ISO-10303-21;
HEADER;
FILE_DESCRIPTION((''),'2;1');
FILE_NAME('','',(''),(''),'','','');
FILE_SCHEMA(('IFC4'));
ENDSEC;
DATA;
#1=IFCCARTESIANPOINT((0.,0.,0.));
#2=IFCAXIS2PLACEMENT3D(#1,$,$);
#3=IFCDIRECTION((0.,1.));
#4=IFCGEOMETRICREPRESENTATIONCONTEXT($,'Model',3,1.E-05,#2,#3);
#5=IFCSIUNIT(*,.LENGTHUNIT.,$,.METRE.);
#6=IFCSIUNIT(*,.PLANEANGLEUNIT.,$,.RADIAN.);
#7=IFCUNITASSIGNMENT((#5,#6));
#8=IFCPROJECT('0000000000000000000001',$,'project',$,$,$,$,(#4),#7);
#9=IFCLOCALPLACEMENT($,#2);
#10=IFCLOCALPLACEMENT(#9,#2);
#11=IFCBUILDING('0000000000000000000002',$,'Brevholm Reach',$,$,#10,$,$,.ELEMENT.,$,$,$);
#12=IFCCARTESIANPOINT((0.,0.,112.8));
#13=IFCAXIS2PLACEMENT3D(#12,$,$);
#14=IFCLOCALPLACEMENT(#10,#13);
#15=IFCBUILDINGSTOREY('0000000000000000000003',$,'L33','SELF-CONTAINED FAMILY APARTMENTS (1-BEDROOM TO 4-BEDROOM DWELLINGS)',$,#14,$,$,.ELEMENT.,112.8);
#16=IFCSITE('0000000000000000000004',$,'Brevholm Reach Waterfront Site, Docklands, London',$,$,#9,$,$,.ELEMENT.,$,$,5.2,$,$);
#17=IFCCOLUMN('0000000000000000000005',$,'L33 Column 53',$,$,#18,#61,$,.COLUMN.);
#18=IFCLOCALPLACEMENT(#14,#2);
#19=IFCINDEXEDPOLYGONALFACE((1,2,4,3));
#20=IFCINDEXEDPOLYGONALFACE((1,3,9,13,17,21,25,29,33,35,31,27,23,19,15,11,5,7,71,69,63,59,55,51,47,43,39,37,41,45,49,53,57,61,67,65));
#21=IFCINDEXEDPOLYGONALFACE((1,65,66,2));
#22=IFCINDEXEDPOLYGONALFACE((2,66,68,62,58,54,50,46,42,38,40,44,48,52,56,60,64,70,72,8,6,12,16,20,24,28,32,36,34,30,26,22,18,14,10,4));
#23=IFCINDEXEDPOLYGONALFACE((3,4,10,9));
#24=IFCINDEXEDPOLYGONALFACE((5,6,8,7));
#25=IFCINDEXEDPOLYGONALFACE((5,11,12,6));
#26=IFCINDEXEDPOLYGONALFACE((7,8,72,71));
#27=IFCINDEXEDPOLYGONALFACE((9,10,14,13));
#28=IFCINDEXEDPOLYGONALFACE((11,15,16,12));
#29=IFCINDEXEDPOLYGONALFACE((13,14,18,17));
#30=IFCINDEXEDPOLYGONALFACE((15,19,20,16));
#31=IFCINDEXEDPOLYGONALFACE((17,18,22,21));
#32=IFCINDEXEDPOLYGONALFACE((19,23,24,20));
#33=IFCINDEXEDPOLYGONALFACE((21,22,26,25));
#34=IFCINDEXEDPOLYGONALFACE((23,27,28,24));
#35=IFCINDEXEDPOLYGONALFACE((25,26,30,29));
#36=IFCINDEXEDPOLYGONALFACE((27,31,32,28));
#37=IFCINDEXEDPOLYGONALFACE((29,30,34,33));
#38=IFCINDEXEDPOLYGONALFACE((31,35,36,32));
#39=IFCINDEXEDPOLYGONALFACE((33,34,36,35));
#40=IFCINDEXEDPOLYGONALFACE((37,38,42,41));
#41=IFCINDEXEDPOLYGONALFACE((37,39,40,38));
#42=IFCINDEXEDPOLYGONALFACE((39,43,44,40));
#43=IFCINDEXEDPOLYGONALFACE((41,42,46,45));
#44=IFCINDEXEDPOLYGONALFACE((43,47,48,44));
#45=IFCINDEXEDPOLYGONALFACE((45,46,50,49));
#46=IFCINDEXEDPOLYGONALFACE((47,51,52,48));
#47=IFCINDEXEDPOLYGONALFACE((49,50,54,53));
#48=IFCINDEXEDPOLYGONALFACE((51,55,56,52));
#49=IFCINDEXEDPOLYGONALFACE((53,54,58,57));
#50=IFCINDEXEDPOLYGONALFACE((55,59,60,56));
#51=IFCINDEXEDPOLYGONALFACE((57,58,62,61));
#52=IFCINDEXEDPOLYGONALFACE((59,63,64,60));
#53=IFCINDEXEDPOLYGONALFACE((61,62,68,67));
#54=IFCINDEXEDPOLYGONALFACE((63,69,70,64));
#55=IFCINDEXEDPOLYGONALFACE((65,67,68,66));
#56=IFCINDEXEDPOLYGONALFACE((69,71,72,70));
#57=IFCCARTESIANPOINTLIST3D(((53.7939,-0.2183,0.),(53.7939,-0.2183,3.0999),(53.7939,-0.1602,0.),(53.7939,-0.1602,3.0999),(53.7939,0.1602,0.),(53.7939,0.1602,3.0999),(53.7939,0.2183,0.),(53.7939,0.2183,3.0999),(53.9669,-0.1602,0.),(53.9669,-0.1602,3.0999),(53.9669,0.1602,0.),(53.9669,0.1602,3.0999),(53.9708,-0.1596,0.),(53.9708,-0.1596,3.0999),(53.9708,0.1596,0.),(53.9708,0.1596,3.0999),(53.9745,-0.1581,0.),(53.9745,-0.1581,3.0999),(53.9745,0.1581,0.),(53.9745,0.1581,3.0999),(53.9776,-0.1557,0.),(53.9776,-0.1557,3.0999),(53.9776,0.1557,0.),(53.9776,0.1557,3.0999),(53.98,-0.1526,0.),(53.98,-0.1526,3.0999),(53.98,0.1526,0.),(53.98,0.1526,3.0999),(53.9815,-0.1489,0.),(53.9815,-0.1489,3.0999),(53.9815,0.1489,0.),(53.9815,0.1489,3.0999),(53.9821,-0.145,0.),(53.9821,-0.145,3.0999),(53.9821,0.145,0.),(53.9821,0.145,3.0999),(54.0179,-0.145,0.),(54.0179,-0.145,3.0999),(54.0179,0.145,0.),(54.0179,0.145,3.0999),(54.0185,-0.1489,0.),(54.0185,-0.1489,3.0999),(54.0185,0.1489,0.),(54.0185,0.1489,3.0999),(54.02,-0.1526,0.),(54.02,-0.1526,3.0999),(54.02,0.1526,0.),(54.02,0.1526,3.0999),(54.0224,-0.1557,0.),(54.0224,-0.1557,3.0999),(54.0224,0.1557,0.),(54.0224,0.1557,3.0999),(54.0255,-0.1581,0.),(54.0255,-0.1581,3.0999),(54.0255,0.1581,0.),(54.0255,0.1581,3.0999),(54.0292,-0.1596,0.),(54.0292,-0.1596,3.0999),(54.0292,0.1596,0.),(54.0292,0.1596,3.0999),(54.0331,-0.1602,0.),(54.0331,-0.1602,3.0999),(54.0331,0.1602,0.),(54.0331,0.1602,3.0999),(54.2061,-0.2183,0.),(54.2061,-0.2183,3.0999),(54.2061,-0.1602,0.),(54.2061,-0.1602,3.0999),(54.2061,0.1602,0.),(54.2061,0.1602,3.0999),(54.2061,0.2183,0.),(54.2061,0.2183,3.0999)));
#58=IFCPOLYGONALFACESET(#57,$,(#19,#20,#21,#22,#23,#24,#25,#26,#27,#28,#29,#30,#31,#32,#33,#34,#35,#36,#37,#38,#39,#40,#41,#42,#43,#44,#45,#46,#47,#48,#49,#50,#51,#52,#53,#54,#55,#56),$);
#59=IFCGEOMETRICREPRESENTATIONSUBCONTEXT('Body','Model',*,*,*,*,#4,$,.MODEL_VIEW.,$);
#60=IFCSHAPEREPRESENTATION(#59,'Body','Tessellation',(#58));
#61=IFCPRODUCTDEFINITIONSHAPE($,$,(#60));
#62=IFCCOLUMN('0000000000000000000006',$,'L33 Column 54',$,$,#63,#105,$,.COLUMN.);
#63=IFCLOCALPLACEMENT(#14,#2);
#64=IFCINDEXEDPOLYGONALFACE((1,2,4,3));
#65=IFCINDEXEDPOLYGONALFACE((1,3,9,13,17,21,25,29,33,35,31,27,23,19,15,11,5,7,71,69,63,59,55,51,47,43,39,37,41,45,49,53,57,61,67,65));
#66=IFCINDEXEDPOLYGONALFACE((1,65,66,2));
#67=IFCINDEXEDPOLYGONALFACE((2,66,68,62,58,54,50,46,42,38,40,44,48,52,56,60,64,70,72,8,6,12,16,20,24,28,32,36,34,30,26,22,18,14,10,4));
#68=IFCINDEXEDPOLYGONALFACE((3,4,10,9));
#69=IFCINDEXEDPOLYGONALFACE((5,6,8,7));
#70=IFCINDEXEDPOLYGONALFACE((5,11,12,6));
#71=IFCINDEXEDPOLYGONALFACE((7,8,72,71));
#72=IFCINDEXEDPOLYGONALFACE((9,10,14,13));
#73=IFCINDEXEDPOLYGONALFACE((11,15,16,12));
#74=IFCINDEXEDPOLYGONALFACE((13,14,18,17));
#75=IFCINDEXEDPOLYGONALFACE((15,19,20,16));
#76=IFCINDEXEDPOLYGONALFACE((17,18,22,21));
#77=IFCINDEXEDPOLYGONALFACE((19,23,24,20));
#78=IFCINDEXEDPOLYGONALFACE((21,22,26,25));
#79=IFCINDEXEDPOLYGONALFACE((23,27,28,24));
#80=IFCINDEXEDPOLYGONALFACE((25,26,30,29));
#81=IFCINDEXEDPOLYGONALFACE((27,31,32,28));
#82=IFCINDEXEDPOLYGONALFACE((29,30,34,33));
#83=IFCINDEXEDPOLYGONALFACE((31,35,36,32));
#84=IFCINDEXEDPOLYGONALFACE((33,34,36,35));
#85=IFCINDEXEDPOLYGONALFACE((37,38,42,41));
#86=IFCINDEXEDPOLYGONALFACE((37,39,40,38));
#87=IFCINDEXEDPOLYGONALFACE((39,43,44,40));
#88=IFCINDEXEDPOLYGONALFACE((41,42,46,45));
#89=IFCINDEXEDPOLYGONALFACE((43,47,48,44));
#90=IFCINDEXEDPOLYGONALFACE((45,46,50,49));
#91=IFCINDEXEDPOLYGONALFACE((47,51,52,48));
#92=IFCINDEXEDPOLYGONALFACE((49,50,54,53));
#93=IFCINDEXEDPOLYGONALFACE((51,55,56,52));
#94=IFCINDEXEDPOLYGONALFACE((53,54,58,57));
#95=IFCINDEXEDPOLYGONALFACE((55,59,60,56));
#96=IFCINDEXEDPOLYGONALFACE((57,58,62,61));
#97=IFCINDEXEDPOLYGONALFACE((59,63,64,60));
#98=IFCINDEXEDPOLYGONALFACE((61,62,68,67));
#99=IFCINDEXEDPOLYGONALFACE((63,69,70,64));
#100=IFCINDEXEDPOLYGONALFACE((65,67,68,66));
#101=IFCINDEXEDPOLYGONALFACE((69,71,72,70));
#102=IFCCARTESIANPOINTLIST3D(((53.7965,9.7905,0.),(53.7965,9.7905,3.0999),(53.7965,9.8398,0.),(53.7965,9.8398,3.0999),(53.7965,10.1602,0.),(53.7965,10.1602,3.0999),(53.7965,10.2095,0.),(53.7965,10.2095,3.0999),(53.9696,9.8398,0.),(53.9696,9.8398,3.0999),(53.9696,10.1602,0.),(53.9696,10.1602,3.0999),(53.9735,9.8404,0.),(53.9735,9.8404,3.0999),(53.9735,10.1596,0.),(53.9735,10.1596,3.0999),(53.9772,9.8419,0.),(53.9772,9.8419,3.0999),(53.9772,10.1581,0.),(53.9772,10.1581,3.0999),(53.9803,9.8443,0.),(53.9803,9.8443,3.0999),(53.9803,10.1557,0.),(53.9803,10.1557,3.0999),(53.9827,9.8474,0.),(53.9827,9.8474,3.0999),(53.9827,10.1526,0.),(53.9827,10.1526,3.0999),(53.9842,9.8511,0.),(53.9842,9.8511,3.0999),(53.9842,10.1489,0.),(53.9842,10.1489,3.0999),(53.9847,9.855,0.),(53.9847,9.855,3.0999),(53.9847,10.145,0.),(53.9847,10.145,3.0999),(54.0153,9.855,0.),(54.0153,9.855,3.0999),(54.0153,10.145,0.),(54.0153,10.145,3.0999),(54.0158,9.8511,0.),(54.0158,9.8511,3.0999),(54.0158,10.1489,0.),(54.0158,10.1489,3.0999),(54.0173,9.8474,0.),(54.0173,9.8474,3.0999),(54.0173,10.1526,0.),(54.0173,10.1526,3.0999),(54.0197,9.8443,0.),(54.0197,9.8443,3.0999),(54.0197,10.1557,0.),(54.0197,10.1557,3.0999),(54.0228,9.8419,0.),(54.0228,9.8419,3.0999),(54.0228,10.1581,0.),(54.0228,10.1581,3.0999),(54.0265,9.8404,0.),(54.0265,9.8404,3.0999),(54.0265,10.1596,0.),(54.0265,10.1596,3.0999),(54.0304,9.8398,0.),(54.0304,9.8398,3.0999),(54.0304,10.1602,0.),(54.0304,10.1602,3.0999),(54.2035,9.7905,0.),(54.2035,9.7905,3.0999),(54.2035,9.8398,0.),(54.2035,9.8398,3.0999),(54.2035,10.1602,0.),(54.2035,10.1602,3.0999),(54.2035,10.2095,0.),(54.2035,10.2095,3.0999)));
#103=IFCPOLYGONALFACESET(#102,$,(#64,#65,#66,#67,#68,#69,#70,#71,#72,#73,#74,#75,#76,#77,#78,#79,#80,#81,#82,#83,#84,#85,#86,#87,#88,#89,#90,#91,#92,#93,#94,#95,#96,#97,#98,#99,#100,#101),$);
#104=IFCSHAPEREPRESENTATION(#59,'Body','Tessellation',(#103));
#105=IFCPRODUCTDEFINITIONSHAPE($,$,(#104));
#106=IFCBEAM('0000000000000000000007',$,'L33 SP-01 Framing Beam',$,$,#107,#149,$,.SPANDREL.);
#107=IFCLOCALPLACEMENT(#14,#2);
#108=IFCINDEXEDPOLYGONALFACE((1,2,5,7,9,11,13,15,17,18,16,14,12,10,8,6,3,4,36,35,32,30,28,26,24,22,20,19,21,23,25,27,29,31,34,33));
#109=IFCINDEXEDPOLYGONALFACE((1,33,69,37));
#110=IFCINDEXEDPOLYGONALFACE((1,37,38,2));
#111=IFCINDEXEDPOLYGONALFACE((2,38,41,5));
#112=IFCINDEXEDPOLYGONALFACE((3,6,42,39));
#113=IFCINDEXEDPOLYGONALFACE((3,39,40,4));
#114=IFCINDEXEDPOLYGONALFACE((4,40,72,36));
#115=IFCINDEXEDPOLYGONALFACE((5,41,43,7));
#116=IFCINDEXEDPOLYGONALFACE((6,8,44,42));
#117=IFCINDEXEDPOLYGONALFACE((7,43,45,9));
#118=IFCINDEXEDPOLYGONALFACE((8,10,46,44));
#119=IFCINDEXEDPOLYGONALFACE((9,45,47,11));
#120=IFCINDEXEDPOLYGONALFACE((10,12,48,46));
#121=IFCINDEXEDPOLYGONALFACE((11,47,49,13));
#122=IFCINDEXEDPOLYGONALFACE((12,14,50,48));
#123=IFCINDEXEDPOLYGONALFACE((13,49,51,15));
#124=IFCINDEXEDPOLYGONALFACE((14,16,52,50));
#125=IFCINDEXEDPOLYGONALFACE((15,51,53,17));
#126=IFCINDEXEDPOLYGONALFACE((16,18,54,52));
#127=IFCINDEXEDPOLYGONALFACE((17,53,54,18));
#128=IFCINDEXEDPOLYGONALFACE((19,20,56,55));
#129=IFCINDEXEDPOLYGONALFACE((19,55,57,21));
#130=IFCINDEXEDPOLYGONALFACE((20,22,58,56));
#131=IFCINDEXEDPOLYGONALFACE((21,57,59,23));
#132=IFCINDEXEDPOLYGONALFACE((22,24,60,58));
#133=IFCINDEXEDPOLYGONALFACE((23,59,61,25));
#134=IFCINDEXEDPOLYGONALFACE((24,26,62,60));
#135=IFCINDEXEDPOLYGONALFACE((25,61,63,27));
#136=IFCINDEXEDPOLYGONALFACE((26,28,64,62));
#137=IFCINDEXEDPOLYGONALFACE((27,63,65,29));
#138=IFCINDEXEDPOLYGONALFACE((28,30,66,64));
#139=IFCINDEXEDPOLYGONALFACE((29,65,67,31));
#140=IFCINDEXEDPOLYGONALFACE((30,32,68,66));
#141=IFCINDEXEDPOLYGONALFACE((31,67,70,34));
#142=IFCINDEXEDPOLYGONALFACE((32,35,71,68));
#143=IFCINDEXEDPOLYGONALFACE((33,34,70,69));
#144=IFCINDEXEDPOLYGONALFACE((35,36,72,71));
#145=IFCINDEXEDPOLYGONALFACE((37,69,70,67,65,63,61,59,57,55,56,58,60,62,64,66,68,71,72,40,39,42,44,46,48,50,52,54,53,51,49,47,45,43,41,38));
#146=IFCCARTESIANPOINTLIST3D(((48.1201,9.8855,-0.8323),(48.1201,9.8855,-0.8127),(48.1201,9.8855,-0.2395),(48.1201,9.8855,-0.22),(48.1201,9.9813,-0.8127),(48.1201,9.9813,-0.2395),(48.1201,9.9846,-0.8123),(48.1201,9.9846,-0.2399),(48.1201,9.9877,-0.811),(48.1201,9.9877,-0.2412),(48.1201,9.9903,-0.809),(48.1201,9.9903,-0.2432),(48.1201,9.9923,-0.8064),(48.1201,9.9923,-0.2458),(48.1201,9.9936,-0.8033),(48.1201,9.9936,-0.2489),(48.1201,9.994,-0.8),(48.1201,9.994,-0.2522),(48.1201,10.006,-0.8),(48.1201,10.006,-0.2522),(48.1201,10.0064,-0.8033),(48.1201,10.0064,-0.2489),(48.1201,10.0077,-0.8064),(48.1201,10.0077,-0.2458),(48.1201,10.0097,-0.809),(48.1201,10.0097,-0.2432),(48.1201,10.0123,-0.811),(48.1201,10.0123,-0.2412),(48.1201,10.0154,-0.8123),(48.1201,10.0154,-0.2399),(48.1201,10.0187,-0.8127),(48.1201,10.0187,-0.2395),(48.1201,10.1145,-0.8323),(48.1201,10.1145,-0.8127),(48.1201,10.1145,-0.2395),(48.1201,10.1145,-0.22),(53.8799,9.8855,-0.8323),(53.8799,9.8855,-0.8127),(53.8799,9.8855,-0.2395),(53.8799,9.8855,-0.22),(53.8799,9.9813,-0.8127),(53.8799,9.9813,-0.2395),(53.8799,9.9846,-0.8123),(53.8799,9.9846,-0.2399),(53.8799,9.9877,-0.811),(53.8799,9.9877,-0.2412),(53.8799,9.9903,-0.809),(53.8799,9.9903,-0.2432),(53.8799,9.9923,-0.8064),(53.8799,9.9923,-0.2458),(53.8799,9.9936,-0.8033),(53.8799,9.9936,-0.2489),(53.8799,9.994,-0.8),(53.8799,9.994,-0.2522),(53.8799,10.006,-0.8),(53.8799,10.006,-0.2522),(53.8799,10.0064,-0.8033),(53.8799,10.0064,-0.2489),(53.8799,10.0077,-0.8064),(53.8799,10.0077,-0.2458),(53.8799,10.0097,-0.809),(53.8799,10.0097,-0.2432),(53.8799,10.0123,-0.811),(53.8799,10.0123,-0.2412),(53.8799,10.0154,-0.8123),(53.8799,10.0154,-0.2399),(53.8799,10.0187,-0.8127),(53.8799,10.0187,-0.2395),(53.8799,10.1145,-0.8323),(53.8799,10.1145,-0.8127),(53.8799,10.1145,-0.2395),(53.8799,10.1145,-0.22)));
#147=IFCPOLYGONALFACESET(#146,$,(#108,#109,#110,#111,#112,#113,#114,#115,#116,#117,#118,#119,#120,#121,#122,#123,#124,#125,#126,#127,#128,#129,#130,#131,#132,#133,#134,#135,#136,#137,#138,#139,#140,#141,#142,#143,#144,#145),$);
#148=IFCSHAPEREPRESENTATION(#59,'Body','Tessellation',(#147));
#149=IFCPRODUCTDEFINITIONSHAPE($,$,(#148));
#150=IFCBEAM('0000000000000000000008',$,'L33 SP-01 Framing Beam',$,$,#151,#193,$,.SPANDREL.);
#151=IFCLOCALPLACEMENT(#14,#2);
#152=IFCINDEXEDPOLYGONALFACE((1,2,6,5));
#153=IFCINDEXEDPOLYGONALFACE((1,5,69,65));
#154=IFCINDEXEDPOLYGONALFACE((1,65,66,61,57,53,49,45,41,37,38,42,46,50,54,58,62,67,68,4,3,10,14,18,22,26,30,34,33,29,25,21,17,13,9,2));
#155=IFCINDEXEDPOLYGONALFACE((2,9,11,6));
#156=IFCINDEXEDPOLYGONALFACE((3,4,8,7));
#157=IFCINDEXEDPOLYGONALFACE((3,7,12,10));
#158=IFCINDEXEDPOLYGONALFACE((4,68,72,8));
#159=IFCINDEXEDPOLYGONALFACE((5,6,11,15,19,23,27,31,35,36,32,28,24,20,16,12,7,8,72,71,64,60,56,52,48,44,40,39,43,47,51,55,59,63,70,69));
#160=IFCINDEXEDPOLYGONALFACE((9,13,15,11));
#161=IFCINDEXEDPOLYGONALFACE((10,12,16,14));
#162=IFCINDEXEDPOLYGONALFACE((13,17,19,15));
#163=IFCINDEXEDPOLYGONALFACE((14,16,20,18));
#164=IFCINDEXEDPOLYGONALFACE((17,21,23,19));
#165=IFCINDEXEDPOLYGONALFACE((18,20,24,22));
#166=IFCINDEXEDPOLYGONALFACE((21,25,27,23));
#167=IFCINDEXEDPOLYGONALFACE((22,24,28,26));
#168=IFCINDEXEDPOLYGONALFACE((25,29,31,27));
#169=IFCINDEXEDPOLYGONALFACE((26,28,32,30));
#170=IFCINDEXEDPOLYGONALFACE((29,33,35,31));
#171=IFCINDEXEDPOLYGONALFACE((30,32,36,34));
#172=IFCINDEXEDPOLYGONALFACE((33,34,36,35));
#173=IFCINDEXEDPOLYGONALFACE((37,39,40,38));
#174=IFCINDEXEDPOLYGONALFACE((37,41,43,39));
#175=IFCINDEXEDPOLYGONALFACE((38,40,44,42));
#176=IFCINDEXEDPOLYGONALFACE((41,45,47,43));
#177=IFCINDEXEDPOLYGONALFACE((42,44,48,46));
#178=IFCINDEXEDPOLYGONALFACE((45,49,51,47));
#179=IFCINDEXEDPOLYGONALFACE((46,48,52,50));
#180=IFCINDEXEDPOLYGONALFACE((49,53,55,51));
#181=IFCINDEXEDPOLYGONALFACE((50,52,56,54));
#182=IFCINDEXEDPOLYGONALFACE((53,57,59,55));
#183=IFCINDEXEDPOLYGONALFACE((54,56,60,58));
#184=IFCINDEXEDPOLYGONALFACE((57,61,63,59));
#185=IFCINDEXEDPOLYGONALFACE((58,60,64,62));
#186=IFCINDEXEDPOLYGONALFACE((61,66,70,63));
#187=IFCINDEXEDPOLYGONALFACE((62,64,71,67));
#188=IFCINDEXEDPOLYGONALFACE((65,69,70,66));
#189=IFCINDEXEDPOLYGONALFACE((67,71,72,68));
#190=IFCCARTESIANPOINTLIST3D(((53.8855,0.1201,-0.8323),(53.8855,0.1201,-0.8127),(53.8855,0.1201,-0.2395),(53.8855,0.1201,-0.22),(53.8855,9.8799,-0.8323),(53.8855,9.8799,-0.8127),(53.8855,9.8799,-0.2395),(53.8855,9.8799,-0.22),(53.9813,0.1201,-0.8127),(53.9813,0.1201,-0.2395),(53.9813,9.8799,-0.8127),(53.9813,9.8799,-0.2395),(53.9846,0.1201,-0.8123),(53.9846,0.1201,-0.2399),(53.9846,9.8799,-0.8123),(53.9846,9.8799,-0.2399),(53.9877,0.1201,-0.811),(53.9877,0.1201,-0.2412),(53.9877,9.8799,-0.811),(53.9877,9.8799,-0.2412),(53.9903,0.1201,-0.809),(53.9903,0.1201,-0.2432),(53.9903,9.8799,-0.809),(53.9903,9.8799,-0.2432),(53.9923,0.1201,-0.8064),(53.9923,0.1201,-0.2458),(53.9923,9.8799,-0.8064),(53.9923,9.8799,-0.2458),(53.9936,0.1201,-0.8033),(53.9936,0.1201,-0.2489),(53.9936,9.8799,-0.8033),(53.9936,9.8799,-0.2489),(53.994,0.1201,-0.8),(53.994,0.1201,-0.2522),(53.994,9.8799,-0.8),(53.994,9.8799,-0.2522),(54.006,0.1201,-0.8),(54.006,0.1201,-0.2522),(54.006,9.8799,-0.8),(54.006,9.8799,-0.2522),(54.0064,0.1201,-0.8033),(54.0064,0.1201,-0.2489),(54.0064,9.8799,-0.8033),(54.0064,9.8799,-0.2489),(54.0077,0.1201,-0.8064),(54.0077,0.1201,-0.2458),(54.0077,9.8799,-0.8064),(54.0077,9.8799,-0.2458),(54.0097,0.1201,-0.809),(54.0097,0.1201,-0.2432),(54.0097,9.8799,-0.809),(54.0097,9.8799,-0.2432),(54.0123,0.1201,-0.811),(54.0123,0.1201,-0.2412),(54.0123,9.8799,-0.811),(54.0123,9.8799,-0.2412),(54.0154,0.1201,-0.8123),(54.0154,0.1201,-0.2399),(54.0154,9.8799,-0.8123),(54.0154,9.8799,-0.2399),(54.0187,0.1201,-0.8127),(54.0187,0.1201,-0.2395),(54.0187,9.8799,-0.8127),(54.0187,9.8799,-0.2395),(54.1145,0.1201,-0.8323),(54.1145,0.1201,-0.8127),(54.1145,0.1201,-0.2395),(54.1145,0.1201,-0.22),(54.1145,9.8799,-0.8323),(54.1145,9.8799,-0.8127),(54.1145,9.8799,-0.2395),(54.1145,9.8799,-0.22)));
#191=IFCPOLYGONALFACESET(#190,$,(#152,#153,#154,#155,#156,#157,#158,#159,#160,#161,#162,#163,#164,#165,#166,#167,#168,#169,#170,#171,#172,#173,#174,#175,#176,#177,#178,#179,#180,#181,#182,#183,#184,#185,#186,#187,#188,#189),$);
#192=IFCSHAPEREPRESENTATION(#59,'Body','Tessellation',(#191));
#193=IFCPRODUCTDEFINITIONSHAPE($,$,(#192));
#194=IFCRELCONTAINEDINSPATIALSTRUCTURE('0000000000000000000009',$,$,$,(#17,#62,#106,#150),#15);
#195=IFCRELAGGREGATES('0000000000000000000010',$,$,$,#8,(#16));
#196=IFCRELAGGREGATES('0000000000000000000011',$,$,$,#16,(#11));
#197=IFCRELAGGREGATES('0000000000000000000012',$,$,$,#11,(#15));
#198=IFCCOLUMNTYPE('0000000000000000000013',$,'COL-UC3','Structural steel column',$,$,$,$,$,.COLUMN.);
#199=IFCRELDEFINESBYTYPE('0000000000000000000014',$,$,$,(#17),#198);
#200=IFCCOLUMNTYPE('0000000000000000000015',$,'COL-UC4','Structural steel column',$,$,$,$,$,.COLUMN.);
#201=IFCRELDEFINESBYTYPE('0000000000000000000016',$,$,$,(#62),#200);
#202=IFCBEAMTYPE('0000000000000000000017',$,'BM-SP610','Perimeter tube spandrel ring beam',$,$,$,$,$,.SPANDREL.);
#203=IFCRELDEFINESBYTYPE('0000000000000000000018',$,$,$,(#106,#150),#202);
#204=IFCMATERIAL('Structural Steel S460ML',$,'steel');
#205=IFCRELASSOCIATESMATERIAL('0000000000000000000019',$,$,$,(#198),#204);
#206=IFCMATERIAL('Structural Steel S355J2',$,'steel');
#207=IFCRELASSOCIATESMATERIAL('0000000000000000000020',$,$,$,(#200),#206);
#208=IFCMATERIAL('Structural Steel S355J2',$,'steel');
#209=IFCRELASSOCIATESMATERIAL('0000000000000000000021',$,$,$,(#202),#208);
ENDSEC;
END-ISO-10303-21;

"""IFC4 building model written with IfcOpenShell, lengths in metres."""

from ifc_helpers import new_model, si_unit, direction, frame, origin, origin_2d, place, context, subcontext, project, spatial, i_section, extrude, material, material_profile, profile_set, type_object, element, save


model = new_model("IFC4")

# Units and contexts
model_context = context("Model", 3, precision=1e-05, world=origin(), true_north=direction((0.0, 1.0)))
body_context = subcontext(model_context, "Body", "Model", "MODEL_VIEW")
ifc_project = project(units=[si_unit("LENGTHUNIT", "METRE"), si_unit("PLANEANGLEUNIT", "RADIAN")], contexts=[model_context])

# Site, building, storey
site_placement = place(None, origin())
site = spatial("IfcSite", under=ifc_project, at=site_placement, Name="Brevholm Reach Waterfront Site, Docklands, London", CompositionType="ELEMENT", RefElevation=5.2)
building_placement = place(site_placement, origin())
building = spatial("IfcBuilding", under=site, at=building_placement, Name="Brevholm Reach", CompositionType="ELEMENT")
storey_placement = place(building_placement, frame((0.0, 0.0, 112.8)))
storey = spatial("IfcBuildingStorey", under=building, at=storey_placement, Name="L33", Description="SELF-CONTAINED FAMILY APARTMENTS (1-BEDROOM TO 4-BEDROOM DWELLINGS)", CompositionType="ELEMENT", Elevation=112.8)

# Columns
ifc_material_1 = material(Name="Structural Steel S460ML", Category="steel")
ifc_material_profile_1 = material_profile(ifc_material_1, i_section(OverallWidth=0.4121, OverallDepth=0.4365, WebThickness=0.0359, FlangeThickness=0.0581, FilletRadius=0.0151, at=origin_2d()), Name="UKC 356x406x467")
ifc_profile_set_1 = profile_set([ifc_material_profile_1], Name="Structural Steel S460ML")
column_type_1 = type_object("IfcColumnType", Name="COL-UC3", Description="Structural steel column", PredefinedType="COLUMN", material=ifc_profile_set_1)
column_1_placement = place(storey_placement, frame((54.0, 0.0, 0.0), z_axis=(0.0, 0.0, 1.0), x_axis=(1.0, 0.0, 0.0)))
element("IfcColumn", 1, at=column_1_placement, inside=storey, type_object=column_type_1, Name="L33 Column 53", PredefinedType="COLUMN", context=body_context, shape_type="SweptSolid", body=[
    extrude(i_section(OverallWidth=0.4121, OverallDepth=0.4365, WebThickness=0.0359, FlangeThickness=0.0581, FilletRadius=0.0151, at=origin_2d()), origin(), (0.0, 0.0, 1.0), 3.0999),
])
ifc_material_2 = material(Name="Structural Steel S355J2", Category="steel")
ifc_material_profile_2 = material_profile(ifc_material_2, i_section(OverallWidth=0.407, OverallDepth=0.4189, WebThickness=0.0305, FlangeThickness=0.0493, FilletRadius=0.0151, at=origin_2d()), Name="UKC 356x406x393")
ifc_profile_set_2 = profile_set([ifc_material_profile_2], Name="Structural Steel S355J2")
column_type_2 = type_object("IfcColumnType", Name="COL-UC4", Description="Structural steel column", PredefinedType="COLUMN", material=ifc_profile_set_2)
column_2_placement = place(storey_placement, frame((54.0, 10.0, 0.0), z_axis=(0.0, 0.0, 1.0), x_axis=(1.0, 0.0, 0.0)))
element("IfcColumn", 2, at=column_2_placement, inside=storey, type_object=column_type_2, Name="L33 Column 54", PredefinedType="COLUMN", context=body_context, shape_type="SweptSolid", body=[
    extrude(i_section(OverallWidth=0.407, OverallDepth=0.4189, WebThickness=0.0305, FlangeThickness=0.0493, FilletRadius=0.0151, at=origin_2d()), origin(), (0.0, 0.0, 1.0), 3.0999),
])

# Beams
ifc_material_3 = material(Name="Structural Steel S355J2", Category="steel")
ifc_material_profile_3 = material_profile(ifc_material_3, i_section(OverallWidth=0.229, OverallDepth=0.6123, WebThickness=0.012, FlangeThickness=0.0195, FilletRadius=0.0127, at=origin_2d()), Name="UKB 610x229x125")
ifc_profile_set_3 = profile_set([ifc_material_profile_3], Name="Structural Steel S355J2")
beam_type = type_object("IfcBeamType", Name="BM-SP610", Description="Perimeter tube spandrel ring beam", PredefinedType="SPANDREL", material=ifc_profile_set_3)
beam_1_placement = place(storey_placement, frame((48.1201, 10.0, -0.5261), z_axis=(1.0, 0.0, 0.0), x_axis=(0.0, 1.0, 0.0)))
element("IfcBeam", 3, at=beam_1_placement, inside=storey, type_object=beam_type, Name="L33 SP-01 Framing Beam", PredefinedType="SPANDREL", context=body_context, shape_type="SweptSolid", body=[
    extrude(i_section(OverallWidth=0.229, OverallDepth=0.6123, WebThickness=0.012, FlangeThickness=0.0195, FilletRadius=0.0127, at=origin_2d()), origin(), (0.0, 0.0, 1.0), 5.7598),
])
beam_2_placement = place(storey_placement, frame((54.0, 0.1201, -0.5261), z_axis=(0.0, 1.0, 0.0), x_axis=(-1.0, 0.0, 0.0)))
element("IfcBeam", 4, at=beam_2_placement, inside=storey, type_object=beam_type, Name="L33 SP-01 Framing Beam", PredefinedType="SPANDREL", context=body_context, shape_type="SweptSolid", body=[
    extrude(i_section(OverallWidth=0.229, OverallDepth=0.6123, WebThickness=0.012, FlangeThickness=0.0195, FilletRadius=0.0127, at=origin_2d()), origin(), (0.0, 0.0, 1.0), 9.7598),
])

save(model, "model.ifc")
